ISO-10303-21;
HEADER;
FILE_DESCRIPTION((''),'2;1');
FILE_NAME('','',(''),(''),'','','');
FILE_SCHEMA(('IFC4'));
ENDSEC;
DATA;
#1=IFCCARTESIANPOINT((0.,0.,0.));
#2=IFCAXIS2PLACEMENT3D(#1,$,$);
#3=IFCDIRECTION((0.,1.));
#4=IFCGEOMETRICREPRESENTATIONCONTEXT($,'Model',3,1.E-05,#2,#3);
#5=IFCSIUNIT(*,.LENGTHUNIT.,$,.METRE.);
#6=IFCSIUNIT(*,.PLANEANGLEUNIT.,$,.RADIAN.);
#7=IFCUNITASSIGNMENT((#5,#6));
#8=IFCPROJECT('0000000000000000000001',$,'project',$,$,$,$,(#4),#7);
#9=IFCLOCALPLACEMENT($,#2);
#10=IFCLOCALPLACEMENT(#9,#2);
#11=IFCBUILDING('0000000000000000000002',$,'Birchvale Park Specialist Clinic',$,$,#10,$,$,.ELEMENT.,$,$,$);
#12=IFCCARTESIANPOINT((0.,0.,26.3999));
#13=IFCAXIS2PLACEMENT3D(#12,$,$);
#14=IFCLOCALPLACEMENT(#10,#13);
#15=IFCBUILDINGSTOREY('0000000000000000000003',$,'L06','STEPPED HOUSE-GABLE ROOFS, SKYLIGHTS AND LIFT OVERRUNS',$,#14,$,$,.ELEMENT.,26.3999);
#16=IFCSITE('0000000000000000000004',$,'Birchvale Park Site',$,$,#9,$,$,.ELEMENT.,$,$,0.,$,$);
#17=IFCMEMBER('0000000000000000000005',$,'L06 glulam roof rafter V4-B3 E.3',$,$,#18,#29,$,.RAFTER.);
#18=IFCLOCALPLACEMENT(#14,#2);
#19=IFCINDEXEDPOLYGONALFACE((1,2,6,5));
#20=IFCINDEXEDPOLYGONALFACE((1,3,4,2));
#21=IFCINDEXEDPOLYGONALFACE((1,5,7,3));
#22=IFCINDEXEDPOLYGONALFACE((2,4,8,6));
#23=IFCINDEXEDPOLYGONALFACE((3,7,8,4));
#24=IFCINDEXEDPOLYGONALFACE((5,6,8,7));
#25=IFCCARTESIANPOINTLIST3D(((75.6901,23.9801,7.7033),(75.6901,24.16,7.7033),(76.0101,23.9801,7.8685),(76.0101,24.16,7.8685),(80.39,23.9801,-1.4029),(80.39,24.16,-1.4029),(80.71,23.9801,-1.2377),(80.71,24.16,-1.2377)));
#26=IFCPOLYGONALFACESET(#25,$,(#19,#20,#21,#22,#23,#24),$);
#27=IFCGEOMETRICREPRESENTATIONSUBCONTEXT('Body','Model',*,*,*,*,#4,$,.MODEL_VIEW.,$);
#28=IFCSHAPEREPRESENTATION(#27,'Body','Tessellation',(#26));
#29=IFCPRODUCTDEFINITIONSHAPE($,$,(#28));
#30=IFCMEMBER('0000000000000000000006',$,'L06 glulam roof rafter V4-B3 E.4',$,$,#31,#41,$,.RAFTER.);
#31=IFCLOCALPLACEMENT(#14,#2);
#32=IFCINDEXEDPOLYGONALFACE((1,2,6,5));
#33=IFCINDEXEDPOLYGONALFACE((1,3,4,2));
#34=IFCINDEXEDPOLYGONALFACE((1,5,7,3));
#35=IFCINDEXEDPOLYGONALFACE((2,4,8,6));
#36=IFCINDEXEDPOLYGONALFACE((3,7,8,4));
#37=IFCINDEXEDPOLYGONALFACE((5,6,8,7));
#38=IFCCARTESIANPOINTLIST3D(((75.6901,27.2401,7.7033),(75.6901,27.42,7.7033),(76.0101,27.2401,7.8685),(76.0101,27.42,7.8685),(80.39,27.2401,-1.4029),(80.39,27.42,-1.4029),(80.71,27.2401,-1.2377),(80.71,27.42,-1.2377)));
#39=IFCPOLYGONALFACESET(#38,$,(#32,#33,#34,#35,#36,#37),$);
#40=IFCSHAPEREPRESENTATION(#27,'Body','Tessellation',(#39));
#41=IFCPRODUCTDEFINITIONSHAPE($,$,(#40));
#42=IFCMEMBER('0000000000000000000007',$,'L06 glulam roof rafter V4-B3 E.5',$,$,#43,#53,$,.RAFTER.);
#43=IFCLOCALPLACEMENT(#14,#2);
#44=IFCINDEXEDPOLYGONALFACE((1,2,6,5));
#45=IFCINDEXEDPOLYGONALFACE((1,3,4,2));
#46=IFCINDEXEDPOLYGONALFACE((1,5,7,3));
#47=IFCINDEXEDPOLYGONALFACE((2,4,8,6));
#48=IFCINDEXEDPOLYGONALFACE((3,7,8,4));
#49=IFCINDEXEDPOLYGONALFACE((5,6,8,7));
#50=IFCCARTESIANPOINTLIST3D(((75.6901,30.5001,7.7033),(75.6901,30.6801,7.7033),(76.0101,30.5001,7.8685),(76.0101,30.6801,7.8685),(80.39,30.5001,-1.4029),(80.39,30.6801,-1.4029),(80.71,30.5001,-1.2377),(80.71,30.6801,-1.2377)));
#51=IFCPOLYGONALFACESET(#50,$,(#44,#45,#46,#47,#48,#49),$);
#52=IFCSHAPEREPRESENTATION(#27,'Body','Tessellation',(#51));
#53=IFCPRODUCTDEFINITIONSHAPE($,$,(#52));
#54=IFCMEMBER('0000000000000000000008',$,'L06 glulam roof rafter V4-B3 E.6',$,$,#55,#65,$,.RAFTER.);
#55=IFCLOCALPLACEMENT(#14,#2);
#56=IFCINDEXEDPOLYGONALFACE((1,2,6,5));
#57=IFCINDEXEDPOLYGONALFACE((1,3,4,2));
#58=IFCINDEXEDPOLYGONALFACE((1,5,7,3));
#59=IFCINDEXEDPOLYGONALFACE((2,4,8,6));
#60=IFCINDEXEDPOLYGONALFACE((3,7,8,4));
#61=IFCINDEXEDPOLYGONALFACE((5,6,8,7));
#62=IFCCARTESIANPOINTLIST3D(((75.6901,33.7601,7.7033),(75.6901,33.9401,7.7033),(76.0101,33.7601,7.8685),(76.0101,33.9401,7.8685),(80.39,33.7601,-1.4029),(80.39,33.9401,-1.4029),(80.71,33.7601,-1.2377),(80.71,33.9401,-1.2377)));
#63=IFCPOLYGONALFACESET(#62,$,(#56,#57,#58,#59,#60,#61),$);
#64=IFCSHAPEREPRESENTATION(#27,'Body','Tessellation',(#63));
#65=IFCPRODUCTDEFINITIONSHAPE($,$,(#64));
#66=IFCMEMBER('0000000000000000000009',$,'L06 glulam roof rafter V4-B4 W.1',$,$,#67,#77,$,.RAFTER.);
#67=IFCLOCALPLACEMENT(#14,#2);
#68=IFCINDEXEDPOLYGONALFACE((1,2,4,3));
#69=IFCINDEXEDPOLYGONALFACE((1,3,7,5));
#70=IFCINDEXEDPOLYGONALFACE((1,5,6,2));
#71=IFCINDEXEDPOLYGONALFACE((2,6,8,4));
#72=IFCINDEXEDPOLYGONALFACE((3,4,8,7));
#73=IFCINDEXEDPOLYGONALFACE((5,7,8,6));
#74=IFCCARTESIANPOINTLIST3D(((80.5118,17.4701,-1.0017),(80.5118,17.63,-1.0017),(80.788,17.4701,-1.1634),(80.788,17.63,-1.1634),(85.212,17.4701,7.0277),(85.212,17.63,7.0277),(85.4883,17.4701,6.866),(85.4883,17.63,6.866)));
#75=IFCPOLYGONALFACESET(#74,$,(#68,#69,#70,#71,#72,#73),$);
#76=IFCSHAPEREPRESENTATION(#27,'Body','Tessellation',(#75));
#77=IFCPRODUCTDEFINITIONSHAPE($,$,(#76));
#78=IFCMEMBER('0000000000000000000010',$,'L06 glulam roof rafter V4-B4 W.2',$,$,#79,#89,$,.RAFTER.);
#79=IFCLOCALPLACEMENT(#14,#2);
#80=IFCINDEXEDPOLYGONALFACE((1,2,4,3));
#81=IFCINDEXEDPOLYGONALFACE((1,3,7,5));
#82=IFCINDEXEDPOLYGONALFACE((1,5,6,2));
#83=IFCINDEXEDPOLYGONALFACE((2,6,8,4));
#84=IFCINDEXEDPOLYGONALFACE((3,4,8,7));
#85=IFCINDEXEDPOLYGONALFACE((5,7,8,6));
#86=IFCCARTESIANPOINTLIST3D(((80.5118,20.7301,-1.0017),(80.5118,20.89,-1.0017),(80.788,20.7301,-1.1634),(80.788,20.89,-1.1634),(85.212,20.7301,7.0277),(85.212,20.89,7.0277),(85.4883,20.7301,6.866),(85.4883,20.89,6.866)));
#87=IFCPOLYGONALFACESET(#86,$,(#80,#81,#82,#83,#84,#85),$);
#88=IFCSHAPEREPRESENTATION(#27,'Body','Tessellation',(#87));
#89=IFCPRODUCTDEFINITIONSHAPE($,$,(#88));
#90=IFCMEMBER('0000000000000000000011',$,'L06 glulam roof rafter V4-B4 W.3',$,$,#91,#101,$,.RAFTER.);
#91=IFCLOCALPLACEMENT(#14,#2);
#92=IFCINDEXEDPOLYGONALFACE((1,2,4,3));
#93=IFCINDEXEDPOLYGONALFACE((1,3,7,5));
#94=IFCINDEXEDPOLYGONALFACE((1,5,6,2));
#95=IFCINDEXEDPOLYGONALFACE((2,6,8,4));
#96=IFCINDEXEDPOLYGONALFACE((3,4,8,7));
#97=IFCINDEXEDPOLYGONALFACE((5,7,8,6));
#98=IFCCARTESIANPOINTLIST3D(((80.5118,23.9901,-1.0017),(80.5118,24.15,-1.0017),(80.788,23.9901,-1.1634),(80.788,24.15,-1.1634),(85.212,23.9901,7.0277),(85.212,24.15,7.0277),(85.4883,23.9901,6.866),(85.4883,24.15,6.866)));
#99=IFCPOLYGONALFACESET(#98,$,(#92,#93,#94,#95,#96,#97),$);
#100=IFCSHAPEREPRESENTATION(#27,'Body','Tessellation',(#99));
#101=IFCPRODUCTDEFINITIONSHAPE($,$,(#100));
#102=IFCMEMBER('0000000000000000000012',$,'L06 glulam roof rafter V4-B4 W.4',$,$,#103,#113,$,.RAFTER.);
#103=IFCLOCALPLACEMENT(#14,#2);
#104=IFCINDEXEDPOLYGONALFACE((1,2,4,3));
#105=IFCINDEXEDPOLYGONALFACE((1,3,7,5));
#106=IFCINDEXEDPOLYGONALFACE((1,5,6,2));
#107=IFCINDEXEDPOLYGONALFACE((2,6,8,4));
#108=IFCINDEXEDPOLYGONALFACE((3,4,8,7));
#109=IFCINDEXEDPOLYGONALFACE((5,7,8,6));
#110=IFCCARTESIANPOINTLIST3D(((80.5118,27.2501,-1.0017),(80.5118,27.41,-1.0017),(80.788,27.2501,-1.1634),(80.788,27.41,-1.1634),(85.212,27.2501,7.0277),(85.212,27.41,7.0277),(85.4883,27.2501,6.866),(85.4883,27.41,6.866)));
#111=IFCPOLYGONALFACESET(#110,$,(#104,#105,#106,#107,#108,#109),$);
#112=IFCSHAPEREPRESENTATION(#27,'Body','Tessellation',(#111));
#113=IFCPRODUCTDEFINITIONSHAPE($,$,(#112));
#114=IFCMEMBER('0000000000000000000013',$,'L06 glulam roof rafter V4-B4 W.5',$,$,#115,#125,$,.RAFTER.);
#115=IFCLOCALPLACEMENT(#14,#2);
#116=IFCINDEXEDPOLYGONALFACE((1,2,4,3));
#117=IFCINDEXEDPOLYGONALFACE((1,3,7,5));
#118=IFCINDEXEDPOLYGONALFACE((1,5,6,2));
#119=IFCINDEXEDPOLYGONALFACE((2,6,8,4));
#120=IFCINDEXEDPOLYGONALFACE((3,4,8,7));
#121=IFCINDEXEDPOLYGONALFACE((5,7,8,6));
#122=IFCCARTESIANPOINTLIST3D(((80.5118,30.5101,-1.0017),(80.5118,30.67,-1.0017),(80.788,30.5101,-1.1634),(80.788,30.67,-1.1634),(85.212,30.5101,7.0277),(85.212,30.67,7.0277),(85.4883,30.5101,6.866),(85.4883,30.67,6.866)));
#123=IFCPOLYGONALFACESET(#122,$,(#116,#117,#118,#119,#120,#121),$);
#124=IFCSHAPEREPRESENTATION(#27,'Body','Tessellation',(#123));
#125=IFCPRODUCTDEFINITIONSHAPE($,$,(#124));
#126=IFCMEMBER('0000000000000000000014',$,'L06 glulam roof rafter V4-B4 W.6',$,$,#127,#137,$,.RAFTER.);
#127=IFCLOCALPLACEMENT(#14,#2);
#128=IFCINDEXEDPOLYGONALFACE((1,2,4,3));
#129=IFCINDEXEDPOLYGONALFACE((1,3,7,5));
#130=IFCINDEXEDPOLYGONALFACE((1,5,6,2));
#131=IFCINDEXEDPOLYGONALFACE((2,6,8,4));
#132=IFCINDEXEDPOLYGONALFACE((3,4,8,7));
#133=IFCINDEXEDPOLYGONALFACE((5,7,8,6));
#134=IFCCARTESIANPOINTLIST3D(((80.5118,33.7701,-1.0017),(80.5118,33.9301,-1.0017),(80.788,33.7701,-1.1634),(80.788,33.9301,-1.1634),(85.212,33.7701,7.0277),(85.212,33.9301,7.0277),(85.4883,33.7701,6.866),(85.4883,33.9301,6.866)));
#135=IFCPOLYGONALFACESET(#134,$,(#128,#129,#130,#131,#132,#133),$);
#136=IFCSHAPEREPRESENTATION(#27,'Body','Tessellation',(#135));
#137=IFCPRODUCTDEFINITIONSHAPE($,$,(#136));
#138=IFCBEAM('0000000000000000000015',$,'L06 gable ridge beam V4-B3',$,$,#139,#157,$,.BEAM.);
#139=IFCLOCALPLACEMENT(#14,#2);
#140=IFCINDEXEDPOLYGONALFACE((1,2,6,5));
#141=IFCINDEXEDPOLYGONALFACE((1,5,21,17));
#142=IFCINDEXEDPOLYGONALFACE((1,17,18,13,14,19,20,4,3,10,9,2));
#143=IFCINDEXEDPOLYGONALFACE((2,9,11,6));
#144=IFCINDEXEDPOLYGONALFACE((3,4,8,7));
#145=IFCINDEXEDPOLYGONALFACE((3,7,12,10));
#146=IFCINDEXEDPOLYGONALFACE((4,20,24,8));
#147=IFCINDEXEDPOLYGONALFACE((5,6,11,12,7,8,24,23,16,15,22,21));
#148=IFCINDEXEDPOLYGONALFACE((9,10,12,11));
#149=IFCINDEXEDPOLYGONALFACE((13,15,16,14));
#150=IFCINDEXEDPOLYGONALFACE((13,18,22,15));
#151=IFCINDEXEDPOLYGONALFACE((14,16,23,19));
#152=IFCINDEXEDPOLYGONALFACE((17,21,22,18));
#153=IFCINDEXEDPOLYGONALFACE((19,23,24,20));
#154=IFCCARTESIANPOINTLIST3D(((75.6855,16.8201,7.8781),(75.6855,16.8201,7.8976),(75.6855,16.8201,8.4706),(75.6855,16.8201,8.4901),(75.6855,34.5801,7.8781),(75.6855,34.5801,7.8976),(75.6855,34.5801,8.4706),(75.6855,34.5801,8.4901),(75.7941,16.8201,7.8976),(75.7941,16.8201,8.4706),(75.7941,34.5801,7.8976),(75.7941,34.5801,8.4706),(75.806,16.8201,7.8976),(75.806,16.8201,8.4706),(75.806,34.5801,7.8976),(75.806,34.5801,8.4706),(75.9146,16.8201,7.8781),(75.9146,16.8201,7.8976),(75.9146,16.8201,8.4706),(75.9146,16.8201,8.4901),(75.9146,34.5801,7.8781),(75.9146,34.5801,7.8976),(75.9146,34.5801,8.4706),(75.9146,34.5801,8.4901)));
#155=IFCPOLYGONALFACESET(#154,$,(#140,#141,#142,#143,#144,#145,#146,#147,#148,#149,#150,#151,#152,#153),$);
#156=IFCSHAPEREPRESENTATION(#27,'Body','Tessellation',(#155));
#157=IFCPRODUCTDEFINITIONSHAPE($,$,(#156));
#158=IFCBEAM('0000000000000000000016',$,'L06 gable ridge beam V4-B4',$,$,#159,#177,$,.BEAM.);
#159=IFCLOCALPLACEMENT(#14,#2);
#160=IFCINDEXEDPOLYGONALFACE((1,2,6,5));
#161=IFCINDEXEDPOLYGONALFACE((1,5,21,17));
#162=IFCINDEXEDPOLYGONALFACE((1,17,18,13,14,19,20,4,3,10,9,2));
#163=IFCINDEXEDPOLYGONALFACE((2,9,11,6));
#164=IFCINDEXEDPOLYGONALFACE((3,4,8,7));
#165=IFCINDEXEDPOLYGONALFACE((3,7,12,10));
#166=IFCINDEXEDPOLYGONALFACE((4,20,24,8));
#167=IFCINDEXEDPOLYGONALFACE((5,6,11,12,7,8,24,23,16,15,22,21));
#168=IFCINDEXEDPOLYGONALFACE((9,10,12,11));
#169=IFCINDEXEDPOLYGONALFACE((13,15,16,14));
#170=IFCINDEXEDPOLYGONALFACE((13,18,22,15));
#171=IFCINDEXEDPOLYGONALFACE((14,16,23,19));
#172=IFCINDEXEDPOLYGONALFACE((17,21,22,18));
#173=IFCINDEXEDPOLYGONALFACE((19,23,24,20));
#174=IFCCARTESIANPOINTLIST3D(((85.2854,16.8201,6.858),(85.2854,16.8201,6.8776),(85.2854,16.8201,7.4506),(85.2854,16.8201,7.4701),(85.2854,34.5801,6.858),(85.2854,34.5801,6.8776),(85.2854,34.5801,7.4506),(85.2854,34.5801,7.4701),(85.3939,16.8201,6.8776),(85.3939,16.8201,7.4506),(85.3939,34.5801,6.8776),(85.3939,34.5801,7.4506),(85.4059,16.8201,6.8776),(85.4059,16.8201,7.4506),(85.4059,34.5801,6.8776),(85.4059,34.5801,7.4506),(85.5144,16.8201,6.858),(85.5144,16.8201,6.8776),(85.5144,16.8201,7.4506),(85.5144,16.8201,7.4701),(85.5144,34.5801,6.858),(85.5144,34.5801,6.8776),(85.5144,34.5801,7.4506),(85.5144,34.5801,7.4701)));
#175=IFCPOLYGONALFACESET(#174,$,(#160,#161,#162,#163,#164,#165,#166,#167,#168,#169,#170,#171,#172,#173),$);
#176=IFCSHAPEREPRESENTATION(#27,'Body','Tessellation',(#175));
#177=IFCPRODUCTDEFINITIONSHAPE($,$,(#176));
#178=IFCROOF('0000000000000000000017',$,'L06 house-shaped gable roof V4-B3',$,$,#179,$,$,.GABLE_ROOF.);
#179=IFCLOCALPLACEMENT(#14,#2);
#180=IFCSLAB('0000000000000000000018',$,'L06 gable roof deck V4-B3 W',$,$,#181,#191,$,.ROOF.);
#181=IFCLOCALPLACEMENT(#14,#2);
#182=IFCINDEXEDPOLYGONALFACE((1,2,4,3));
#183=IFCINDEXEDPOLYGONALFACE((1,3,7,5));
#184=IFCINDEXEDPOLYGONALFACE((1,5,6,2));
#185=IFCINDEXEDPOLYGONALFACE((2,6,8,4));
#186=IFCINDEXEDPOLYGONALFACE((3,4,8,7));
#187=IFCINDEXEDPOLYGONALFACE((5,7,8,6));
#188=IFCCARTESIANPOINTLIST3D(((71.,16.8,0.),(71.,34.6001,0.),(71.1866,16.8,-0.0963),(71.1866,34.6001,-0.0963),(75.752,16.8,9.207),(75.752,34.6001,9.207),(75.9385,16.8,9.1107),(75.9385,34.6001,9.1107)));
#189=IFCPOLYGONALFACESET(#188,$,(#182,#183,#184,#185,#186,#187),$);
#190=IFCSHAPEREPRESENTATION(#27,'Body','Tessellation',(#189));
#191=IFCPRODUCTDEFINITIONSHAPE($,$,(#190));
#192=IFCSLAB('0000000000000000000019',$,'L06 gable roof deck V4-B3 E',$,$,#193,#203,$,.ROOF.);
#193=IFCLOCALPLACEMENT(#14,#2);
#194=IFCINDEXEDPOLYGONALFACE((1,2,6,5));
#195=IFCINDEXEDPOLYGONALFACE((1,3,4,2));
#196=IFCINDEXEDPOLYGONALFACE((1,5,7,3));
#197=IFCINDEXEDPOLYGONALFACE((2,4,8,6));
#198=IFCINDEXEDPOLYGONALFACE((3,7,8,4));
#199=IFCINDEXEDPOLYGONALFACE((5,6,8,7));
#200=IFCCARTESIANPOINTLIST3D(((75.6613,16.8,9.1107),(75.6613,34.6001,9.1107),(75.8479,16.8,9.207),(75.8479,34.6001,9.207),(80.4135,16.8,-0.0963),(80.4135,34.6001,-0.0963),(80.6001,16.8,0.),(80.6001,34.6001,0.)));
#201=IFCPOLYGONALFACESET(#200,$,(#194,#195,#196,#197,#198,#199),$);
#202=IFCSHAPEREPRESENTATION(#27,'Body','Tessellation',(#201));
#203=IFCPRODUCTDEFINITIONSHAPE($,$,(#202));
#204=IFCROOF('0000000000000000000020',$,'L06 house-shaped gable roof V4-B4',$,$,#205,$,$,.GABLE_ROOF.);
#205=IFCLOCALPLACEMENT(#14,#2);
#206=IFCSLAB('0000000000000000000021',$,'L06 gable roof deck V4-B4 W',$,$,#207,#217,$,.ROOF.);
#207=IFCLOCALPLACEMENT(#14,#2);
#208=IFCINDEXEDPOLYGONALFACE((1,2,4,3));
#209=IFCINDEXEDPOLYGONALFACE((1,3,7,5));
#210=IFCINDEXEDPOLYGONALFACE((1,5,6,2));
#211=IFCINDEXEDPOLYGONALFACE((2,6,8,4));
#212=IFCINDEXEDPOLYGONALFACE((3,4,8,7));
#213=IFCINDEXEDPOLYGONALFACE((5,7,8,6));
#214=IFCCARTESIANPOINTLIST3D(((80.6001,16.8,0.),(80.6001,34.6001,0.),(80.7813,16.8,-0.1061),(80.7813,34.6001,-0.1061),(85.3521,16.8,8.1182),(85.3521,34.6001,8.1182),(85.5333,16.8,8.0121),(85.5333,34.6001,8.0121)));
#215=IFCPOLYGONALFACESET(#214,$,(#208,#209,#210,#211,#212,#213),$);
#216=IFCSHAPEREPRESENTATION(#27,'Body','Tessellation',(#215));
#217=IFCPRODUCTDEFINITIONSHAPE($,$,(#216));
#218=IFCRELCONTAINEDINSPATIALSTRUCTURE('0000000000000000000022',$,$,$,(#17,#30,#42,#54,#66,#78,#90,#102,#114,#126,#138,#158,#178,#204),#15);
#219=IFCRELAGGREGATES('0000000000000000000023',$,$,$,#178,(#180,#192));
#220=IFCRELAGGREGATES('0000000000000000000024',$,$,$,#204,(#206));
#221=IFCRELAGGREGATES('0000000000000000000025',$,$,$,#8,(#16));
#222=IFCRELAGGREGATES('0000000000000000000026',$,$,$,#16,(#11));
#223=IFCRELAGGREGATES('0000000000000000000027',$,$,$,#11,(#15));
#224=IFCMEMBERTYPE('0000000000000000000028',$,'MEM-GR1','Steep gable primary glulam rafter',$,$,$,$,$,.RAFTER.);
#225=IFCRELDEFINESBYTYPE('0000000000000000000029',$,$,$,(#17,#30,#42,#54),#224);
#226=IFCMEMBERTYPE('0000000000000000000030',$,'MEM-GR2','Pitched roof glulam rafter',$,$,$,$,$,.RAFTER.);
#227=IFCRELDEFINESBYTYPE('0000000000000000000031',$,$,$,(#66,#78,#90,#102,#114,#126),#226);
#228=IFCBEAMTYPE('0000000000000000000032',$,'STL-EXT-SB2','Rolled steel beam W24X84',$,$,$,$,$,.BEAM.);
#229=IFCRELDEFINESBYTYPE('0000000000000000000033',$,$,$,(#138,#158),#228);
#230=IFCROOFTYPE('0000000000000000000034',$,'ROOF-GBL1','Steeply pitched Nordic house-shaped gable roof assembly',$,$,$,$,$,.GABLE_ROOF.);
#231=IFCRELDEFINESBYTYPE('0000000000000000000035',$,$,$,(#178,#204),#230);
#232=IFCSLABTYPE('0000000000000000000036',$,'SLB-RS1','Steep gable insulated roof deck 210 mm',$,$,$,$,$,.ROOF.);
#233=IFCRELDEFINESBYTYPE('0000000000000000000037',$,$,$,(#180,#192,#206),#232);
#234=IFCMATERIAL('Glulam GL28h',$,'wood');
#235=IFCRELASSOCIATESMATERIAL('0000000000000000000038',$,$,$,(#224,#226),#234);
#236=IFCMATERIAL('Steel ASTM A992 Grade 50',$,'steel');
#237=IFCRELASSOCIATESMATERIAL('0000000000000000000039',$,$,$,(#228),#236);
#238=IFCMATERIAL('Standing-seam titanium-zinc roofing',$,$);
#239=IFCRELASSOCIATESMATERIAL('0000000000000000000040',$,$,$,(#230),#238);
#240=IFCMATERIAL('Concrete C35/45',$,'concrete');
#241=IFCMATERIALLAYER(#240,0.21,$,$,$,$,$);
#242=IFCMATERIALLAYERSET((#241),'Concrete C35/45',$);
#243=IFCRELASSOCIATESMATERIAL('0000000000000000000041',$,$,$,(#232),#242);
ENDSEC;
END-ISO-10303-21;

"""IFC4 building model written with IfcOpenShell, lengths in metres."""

from ifc_helpers import new_model, si_unit, direction, frame, origin, origin_2d, place, context, subcontext, project, spatial, polyline, rectangle, i_section, outline, extrude, material, layer, layer_set, material_profile, profile_set, type_object, element, aggregate, save


model = new_model("IFC4")

# Units and contexts
model_context = context("Model", 3, precision=1e-05, world=origin(), true_north=direction((0.0, 1.0)))
body_context = subcontext(model_context, "Body", "Model", "MODEL_VIEW")
ifc_project = project(units=[si_unit("LENGTHUNIT", "METRE"), si_unit("PLANEANGLEUNIT", "RADIAN")], contexts=[model_context])

# Site, building, storey
site_placement = place(None, origin())
site = spatial("IfcSite", under=ifc_project, at=site_placement, Name="Birchvale Park Site", CompositionType="ELEMENT", RefElevation=0.0)
building_placement = place(site_placement, origin())
building = spatial("IfcBuilding", under=site, at=building_placement, Name="Birchvale Park Specialist Clinic", CompositionType="ELEMENT")
storey_placement = place(building_placement, frame((0.0, 0.0, 26.3999)))
storey = spatial("IfcBuildingStorey", under=building, at=storey_placement, Name="L06", Description="STEPPED HOUSE-GABLE ROOFS, SKYLIGHTS AND LIFT OVERRUNS", CompositionType="ELEMENT", Elevation=26.3999)

# Members
ifc_material_1 = material(Name="Glulam GL28h", Category="wood")
ifc_material_profile_1 = material_profile(ifc_material_1, rectangle(XDim=0.1799, YDim=0.3601, at=origin_2d()), Name="GL-180x360")
ifc_profile_set_1 = profile_set([ifc_material_profile_1], Name="Glulam GL28h")
member_type_1 = type_object("IfcMemberType", Name="MEM-GR1", Description="Steep gable primary glulam rafter", PredefinedType="RAFTER", material=ifc_profile_set_1)
for number, where, z_axis, x_axis, name in (
    (1, (75.8501, 24.0701, 7.7859), (0.458641, 0.0, -0.888622), (0.0, 1.0, 0.0), "L06 glulam roof rafter V4-B3 E.3"),
    (2, (75.8501, 27.3301, 7.7859), (0.458641, 0.0, -0.888622), (0.0, 1.0, 0.0), "L06 glulam roof rafter V4-B3 E.4"),
    (3, (75.8501, 30.5901, 7.7859), (0.458641, 0.0, -0.888622), (0.0, 1.0, 0.0), "L06 glulam roof rafter V4-B3 E.5"),
    (4, (75.8501, 33.8501, 7.7859), (0.458641, 0.0, -0.888622), (0.0, 1.0, 0.0), "L06 glulam roof rafter V4-B3 E.6"),
):
    element("IfcMember", number, at=place(storey_placement, frame(where, z_axis=z_axis, x_axis=x_axis)), inside=storey, type_object=member_type_1, Name=name, PredefinedType="RAFTER", context=body_context, shape_type="SweptSolid", body=[
        extrude(rectangle(XDim=0.1799, YDim=0.3601, at=origin_2d()), origin(), (0.0, 0.0, 1.0), 10.2476),
    ])
ifc_material_profile_2 = material_profile(ifc_material_1, rectangle(XDim=0.1599, YDim=0.3201, at=origin_2d()), Name="GL-160x320")
ifc_profile_set_2 = profile_set([ifc_material_profile_2], Name="Glulam GL28h")
member_type_2 = type_object("IfcMemberType", Name="MEM-GR2", Description="Pitched roof glulam rafter", PredefinedType="RAFTER", material=ifc_profile_set_2)
for number, where, z_axis, x_axis, name in (
    (5, (80.6499, 17.55, -1.0825), (0.505189, 0.0, 0.863009), (0.0, 1.0, 0.0), "L06 glulam roof rafter V4-B4 W.1"),
    (6, (80.6499, 20.8101, -1.0825), (0.505189, 0.0, 0.863009), (0.0, 1.0, 0.0), "L06 glulam roof rafter V4-B4 W.2"),
    (7, (80.6499, 24.0701, -1.0825), (0.505189, 0.0, 0.863009), (0.0, 1.0, 0.0), "L06 glulam roof rafter V4-B4 W.3"),
    (8, (80.6499, 27.3301, -1.0825), (0.505189, 0.0, 0.863009), (0.0, 1.0, 0.0), "L06 glulam roof rafter V4-B4 W.4"),
    (9, (80.6499, 30.5901, -1.0825), (0.505189, 0.0, 0.863009), (0.0, 1.0, 0.0), "L06 glulam roof rafter V4-B4 W.5"),
    (10, (80.6499, 33.8501, -1.0825), (0.505189, 0.0, 0.863009), (0.0, 1.0, 0.0), "L06 glulam roof rafter V4-B4 W.6"),
):
    element("IfcMember", number, at=place(storey_placement, frame(where, z_axis=z_axis, x_axis=x_axis)), inside=storey, type_object=member_type_2, Name=name, PredefinedType="RAFTER", context=body_context, shape_type="SweptSolid", body=[
        extrude(rectangle(XDim=0.1599, YDim=0.3201, at=origin_2d()), origin(), (0.0, 0.0, 1.0), 9.304),
    ])

# Beams
ifc_material_2 = material(Name="Steel ASTM A992 Grade 50", Category="steel")
ifc_material_profile_3 = material_profile(ifc_material_2, i_section(OverallWidth=0.229, OverallDepth=0.6121, WebThickness=0.012, FlangeThickness=0.0195, at=origin_2d()), Name="W24X84")
ifc_profile_set_3 = profile_set([ifc_material_profile_3], Name="Steel ASTM A992 Grade 50")
beam_type_1 = type_object("IfcBeamType", Name="STL-EXT-SB2", Description="Rolled steel beam W24X84", PredefinedType="BEAM", material=ifc_profile_set_3)
for number, where, z_axis, x_axis, name in (
    (11, (75.8, 16.8201, 8.1841), (0.0, 1.0, 0.0), (-1.0, 0.0, 0.0), "L06 gable ridge beam V4-B3"),
    (12, (85.3999, 16.8201, 7.1641), (0.0, 1.0, 0.0), (-1.0, 0.0, 0.0), "L06 gable ridge beam V4-B4"),
):
    element("IfcBeam", number, at=place(storey_placement, frame(where, z_axis=z_axis, x_axis=x_axis)), inside=storey, type_object=beam_type_1, Name=name, PredefinedType="BEAM", context=body_context, shape_type="SweptSolid", body=[
        extrude(i_section(OverallWidth=0.229, OverallDepth=0.6121, WebThickness=0.012, FlangeThickness=0.0195, at=origin_2d()), origin(), (0.0, 0.0, 1.0), 17.76),
    ])

# Roof, slabs
ifc_material_3 = material(Name="Standing-seam titanium-zinc roofing")
roof_type = type_object("IfcRoofType", Name="ROOF-GBL1", Description="Steeply pitched Nordic house-shaped gable roof assembly", PredefinedType="GABLE_ROOF", material=ifc_material_3)
roof_1_placement = place(storey_placement, origin())
roof_1 = element("IfcRoof", 13, at=roof_1_placement, inside=storey, type_object=roof_type, Name="L06 house-shaped gable roof V4-B3", PredefinedType="GABLE_ROOF")
ifc_material_4 = material(Name="Concrete C35/45", Category="concrete")
ifc_layer_1 = layer(ifc_material_4, 0.21)
ifc_layer_set_1 = layer_set([ifc_layer_1], Name="Concrete C35/45")
slab_type = type_object("IfcSlabType", Name="SLB-RS1", Description="Steep gable insulated roof deck 210 mm", PredefinedType="ROOF", material=ifc_layer_set_1)
slab_1_placement = place(storey_placement, frame((71.0, 16.8, 0.0), z_axis=(-0.888623, 0.0, 0.458638), x_axis=(0.458638, 0.0, 0.888623)))
slab_1 = element("IfcSlab", 14, at=slab_1_placement, type_object=slab_type, Name="L06 gable roof deck V4-B3 W", PredefinedType="ROOF", context=body_context, shape_type="SweptSolid", body=[
    extrude(outline(polyline([(0.0, 0.0), (10.361, 0.0), (10.361, 17.8), (0.0, 17.8), (0.0, 0.0)])), origin(), (0.0, 0.0, -1.0), 0.21),
])
slab_2_placement = place(storey_placement, frame((75.8479, 16.8, 9.207), z_axis=(0.888614, 0.0, 0.458657), x_axis=(0.458657, 0.0, -0.888614)))
slab_2 = element("IfcSlab", 15, at=slab_2_placement, type_object=slab_type, Name="L06 gable roof deck V4-B3 E", PredefinedType="ROOF", context=body_context, shape_type="SweptSolid", body=[
    extrude(outline(polyline([(0.0, 0.0), (10.3611, 0.0), (10.3611, 17.8), (0.0, 17.8), (0.0, 0.0)])), origin(), (0.0, 0.0, -1.0), 0.21),
])
aggregate(roof_1, [slab_1, slab_2])

# Roof, slab
roof_2_placement = place(storey_placement, origin())
roof_2 = element("IfcRoof", 16, at=roof_2_placement, inside=storey, type_object=roof_type, Name="L06 house-shaped gable roof V4-B4", PredefinedType="GABLE_ROOF")
slab_3_placement = place(storey_placement, frame((80.6001, 16.8, 0.0), z_axis=(-0.863021, 0.0, 0.505168), x_axis=(0.505168, 0.0, 0.863021)))
slab_3 = element("IfcSlab", 17, at=slab_3_placement, type_object=slab_type, Name="L06 gable roof deck V4-B4 W", PredefinedType="ROOF", context=body_context, shape_type="SweptSolid", body=[
    extrude(outline(polyline([(0.0, 0.0), (9.4067, 0.0), (9.4067, 17.8), (0.0, 17.8), (0.0, 0.0)])), origin(), (0.0, 0.0, -1.0), 0.21),
])
aggregate(roof_2, [slab_3])

save(model, "model.ifc")
